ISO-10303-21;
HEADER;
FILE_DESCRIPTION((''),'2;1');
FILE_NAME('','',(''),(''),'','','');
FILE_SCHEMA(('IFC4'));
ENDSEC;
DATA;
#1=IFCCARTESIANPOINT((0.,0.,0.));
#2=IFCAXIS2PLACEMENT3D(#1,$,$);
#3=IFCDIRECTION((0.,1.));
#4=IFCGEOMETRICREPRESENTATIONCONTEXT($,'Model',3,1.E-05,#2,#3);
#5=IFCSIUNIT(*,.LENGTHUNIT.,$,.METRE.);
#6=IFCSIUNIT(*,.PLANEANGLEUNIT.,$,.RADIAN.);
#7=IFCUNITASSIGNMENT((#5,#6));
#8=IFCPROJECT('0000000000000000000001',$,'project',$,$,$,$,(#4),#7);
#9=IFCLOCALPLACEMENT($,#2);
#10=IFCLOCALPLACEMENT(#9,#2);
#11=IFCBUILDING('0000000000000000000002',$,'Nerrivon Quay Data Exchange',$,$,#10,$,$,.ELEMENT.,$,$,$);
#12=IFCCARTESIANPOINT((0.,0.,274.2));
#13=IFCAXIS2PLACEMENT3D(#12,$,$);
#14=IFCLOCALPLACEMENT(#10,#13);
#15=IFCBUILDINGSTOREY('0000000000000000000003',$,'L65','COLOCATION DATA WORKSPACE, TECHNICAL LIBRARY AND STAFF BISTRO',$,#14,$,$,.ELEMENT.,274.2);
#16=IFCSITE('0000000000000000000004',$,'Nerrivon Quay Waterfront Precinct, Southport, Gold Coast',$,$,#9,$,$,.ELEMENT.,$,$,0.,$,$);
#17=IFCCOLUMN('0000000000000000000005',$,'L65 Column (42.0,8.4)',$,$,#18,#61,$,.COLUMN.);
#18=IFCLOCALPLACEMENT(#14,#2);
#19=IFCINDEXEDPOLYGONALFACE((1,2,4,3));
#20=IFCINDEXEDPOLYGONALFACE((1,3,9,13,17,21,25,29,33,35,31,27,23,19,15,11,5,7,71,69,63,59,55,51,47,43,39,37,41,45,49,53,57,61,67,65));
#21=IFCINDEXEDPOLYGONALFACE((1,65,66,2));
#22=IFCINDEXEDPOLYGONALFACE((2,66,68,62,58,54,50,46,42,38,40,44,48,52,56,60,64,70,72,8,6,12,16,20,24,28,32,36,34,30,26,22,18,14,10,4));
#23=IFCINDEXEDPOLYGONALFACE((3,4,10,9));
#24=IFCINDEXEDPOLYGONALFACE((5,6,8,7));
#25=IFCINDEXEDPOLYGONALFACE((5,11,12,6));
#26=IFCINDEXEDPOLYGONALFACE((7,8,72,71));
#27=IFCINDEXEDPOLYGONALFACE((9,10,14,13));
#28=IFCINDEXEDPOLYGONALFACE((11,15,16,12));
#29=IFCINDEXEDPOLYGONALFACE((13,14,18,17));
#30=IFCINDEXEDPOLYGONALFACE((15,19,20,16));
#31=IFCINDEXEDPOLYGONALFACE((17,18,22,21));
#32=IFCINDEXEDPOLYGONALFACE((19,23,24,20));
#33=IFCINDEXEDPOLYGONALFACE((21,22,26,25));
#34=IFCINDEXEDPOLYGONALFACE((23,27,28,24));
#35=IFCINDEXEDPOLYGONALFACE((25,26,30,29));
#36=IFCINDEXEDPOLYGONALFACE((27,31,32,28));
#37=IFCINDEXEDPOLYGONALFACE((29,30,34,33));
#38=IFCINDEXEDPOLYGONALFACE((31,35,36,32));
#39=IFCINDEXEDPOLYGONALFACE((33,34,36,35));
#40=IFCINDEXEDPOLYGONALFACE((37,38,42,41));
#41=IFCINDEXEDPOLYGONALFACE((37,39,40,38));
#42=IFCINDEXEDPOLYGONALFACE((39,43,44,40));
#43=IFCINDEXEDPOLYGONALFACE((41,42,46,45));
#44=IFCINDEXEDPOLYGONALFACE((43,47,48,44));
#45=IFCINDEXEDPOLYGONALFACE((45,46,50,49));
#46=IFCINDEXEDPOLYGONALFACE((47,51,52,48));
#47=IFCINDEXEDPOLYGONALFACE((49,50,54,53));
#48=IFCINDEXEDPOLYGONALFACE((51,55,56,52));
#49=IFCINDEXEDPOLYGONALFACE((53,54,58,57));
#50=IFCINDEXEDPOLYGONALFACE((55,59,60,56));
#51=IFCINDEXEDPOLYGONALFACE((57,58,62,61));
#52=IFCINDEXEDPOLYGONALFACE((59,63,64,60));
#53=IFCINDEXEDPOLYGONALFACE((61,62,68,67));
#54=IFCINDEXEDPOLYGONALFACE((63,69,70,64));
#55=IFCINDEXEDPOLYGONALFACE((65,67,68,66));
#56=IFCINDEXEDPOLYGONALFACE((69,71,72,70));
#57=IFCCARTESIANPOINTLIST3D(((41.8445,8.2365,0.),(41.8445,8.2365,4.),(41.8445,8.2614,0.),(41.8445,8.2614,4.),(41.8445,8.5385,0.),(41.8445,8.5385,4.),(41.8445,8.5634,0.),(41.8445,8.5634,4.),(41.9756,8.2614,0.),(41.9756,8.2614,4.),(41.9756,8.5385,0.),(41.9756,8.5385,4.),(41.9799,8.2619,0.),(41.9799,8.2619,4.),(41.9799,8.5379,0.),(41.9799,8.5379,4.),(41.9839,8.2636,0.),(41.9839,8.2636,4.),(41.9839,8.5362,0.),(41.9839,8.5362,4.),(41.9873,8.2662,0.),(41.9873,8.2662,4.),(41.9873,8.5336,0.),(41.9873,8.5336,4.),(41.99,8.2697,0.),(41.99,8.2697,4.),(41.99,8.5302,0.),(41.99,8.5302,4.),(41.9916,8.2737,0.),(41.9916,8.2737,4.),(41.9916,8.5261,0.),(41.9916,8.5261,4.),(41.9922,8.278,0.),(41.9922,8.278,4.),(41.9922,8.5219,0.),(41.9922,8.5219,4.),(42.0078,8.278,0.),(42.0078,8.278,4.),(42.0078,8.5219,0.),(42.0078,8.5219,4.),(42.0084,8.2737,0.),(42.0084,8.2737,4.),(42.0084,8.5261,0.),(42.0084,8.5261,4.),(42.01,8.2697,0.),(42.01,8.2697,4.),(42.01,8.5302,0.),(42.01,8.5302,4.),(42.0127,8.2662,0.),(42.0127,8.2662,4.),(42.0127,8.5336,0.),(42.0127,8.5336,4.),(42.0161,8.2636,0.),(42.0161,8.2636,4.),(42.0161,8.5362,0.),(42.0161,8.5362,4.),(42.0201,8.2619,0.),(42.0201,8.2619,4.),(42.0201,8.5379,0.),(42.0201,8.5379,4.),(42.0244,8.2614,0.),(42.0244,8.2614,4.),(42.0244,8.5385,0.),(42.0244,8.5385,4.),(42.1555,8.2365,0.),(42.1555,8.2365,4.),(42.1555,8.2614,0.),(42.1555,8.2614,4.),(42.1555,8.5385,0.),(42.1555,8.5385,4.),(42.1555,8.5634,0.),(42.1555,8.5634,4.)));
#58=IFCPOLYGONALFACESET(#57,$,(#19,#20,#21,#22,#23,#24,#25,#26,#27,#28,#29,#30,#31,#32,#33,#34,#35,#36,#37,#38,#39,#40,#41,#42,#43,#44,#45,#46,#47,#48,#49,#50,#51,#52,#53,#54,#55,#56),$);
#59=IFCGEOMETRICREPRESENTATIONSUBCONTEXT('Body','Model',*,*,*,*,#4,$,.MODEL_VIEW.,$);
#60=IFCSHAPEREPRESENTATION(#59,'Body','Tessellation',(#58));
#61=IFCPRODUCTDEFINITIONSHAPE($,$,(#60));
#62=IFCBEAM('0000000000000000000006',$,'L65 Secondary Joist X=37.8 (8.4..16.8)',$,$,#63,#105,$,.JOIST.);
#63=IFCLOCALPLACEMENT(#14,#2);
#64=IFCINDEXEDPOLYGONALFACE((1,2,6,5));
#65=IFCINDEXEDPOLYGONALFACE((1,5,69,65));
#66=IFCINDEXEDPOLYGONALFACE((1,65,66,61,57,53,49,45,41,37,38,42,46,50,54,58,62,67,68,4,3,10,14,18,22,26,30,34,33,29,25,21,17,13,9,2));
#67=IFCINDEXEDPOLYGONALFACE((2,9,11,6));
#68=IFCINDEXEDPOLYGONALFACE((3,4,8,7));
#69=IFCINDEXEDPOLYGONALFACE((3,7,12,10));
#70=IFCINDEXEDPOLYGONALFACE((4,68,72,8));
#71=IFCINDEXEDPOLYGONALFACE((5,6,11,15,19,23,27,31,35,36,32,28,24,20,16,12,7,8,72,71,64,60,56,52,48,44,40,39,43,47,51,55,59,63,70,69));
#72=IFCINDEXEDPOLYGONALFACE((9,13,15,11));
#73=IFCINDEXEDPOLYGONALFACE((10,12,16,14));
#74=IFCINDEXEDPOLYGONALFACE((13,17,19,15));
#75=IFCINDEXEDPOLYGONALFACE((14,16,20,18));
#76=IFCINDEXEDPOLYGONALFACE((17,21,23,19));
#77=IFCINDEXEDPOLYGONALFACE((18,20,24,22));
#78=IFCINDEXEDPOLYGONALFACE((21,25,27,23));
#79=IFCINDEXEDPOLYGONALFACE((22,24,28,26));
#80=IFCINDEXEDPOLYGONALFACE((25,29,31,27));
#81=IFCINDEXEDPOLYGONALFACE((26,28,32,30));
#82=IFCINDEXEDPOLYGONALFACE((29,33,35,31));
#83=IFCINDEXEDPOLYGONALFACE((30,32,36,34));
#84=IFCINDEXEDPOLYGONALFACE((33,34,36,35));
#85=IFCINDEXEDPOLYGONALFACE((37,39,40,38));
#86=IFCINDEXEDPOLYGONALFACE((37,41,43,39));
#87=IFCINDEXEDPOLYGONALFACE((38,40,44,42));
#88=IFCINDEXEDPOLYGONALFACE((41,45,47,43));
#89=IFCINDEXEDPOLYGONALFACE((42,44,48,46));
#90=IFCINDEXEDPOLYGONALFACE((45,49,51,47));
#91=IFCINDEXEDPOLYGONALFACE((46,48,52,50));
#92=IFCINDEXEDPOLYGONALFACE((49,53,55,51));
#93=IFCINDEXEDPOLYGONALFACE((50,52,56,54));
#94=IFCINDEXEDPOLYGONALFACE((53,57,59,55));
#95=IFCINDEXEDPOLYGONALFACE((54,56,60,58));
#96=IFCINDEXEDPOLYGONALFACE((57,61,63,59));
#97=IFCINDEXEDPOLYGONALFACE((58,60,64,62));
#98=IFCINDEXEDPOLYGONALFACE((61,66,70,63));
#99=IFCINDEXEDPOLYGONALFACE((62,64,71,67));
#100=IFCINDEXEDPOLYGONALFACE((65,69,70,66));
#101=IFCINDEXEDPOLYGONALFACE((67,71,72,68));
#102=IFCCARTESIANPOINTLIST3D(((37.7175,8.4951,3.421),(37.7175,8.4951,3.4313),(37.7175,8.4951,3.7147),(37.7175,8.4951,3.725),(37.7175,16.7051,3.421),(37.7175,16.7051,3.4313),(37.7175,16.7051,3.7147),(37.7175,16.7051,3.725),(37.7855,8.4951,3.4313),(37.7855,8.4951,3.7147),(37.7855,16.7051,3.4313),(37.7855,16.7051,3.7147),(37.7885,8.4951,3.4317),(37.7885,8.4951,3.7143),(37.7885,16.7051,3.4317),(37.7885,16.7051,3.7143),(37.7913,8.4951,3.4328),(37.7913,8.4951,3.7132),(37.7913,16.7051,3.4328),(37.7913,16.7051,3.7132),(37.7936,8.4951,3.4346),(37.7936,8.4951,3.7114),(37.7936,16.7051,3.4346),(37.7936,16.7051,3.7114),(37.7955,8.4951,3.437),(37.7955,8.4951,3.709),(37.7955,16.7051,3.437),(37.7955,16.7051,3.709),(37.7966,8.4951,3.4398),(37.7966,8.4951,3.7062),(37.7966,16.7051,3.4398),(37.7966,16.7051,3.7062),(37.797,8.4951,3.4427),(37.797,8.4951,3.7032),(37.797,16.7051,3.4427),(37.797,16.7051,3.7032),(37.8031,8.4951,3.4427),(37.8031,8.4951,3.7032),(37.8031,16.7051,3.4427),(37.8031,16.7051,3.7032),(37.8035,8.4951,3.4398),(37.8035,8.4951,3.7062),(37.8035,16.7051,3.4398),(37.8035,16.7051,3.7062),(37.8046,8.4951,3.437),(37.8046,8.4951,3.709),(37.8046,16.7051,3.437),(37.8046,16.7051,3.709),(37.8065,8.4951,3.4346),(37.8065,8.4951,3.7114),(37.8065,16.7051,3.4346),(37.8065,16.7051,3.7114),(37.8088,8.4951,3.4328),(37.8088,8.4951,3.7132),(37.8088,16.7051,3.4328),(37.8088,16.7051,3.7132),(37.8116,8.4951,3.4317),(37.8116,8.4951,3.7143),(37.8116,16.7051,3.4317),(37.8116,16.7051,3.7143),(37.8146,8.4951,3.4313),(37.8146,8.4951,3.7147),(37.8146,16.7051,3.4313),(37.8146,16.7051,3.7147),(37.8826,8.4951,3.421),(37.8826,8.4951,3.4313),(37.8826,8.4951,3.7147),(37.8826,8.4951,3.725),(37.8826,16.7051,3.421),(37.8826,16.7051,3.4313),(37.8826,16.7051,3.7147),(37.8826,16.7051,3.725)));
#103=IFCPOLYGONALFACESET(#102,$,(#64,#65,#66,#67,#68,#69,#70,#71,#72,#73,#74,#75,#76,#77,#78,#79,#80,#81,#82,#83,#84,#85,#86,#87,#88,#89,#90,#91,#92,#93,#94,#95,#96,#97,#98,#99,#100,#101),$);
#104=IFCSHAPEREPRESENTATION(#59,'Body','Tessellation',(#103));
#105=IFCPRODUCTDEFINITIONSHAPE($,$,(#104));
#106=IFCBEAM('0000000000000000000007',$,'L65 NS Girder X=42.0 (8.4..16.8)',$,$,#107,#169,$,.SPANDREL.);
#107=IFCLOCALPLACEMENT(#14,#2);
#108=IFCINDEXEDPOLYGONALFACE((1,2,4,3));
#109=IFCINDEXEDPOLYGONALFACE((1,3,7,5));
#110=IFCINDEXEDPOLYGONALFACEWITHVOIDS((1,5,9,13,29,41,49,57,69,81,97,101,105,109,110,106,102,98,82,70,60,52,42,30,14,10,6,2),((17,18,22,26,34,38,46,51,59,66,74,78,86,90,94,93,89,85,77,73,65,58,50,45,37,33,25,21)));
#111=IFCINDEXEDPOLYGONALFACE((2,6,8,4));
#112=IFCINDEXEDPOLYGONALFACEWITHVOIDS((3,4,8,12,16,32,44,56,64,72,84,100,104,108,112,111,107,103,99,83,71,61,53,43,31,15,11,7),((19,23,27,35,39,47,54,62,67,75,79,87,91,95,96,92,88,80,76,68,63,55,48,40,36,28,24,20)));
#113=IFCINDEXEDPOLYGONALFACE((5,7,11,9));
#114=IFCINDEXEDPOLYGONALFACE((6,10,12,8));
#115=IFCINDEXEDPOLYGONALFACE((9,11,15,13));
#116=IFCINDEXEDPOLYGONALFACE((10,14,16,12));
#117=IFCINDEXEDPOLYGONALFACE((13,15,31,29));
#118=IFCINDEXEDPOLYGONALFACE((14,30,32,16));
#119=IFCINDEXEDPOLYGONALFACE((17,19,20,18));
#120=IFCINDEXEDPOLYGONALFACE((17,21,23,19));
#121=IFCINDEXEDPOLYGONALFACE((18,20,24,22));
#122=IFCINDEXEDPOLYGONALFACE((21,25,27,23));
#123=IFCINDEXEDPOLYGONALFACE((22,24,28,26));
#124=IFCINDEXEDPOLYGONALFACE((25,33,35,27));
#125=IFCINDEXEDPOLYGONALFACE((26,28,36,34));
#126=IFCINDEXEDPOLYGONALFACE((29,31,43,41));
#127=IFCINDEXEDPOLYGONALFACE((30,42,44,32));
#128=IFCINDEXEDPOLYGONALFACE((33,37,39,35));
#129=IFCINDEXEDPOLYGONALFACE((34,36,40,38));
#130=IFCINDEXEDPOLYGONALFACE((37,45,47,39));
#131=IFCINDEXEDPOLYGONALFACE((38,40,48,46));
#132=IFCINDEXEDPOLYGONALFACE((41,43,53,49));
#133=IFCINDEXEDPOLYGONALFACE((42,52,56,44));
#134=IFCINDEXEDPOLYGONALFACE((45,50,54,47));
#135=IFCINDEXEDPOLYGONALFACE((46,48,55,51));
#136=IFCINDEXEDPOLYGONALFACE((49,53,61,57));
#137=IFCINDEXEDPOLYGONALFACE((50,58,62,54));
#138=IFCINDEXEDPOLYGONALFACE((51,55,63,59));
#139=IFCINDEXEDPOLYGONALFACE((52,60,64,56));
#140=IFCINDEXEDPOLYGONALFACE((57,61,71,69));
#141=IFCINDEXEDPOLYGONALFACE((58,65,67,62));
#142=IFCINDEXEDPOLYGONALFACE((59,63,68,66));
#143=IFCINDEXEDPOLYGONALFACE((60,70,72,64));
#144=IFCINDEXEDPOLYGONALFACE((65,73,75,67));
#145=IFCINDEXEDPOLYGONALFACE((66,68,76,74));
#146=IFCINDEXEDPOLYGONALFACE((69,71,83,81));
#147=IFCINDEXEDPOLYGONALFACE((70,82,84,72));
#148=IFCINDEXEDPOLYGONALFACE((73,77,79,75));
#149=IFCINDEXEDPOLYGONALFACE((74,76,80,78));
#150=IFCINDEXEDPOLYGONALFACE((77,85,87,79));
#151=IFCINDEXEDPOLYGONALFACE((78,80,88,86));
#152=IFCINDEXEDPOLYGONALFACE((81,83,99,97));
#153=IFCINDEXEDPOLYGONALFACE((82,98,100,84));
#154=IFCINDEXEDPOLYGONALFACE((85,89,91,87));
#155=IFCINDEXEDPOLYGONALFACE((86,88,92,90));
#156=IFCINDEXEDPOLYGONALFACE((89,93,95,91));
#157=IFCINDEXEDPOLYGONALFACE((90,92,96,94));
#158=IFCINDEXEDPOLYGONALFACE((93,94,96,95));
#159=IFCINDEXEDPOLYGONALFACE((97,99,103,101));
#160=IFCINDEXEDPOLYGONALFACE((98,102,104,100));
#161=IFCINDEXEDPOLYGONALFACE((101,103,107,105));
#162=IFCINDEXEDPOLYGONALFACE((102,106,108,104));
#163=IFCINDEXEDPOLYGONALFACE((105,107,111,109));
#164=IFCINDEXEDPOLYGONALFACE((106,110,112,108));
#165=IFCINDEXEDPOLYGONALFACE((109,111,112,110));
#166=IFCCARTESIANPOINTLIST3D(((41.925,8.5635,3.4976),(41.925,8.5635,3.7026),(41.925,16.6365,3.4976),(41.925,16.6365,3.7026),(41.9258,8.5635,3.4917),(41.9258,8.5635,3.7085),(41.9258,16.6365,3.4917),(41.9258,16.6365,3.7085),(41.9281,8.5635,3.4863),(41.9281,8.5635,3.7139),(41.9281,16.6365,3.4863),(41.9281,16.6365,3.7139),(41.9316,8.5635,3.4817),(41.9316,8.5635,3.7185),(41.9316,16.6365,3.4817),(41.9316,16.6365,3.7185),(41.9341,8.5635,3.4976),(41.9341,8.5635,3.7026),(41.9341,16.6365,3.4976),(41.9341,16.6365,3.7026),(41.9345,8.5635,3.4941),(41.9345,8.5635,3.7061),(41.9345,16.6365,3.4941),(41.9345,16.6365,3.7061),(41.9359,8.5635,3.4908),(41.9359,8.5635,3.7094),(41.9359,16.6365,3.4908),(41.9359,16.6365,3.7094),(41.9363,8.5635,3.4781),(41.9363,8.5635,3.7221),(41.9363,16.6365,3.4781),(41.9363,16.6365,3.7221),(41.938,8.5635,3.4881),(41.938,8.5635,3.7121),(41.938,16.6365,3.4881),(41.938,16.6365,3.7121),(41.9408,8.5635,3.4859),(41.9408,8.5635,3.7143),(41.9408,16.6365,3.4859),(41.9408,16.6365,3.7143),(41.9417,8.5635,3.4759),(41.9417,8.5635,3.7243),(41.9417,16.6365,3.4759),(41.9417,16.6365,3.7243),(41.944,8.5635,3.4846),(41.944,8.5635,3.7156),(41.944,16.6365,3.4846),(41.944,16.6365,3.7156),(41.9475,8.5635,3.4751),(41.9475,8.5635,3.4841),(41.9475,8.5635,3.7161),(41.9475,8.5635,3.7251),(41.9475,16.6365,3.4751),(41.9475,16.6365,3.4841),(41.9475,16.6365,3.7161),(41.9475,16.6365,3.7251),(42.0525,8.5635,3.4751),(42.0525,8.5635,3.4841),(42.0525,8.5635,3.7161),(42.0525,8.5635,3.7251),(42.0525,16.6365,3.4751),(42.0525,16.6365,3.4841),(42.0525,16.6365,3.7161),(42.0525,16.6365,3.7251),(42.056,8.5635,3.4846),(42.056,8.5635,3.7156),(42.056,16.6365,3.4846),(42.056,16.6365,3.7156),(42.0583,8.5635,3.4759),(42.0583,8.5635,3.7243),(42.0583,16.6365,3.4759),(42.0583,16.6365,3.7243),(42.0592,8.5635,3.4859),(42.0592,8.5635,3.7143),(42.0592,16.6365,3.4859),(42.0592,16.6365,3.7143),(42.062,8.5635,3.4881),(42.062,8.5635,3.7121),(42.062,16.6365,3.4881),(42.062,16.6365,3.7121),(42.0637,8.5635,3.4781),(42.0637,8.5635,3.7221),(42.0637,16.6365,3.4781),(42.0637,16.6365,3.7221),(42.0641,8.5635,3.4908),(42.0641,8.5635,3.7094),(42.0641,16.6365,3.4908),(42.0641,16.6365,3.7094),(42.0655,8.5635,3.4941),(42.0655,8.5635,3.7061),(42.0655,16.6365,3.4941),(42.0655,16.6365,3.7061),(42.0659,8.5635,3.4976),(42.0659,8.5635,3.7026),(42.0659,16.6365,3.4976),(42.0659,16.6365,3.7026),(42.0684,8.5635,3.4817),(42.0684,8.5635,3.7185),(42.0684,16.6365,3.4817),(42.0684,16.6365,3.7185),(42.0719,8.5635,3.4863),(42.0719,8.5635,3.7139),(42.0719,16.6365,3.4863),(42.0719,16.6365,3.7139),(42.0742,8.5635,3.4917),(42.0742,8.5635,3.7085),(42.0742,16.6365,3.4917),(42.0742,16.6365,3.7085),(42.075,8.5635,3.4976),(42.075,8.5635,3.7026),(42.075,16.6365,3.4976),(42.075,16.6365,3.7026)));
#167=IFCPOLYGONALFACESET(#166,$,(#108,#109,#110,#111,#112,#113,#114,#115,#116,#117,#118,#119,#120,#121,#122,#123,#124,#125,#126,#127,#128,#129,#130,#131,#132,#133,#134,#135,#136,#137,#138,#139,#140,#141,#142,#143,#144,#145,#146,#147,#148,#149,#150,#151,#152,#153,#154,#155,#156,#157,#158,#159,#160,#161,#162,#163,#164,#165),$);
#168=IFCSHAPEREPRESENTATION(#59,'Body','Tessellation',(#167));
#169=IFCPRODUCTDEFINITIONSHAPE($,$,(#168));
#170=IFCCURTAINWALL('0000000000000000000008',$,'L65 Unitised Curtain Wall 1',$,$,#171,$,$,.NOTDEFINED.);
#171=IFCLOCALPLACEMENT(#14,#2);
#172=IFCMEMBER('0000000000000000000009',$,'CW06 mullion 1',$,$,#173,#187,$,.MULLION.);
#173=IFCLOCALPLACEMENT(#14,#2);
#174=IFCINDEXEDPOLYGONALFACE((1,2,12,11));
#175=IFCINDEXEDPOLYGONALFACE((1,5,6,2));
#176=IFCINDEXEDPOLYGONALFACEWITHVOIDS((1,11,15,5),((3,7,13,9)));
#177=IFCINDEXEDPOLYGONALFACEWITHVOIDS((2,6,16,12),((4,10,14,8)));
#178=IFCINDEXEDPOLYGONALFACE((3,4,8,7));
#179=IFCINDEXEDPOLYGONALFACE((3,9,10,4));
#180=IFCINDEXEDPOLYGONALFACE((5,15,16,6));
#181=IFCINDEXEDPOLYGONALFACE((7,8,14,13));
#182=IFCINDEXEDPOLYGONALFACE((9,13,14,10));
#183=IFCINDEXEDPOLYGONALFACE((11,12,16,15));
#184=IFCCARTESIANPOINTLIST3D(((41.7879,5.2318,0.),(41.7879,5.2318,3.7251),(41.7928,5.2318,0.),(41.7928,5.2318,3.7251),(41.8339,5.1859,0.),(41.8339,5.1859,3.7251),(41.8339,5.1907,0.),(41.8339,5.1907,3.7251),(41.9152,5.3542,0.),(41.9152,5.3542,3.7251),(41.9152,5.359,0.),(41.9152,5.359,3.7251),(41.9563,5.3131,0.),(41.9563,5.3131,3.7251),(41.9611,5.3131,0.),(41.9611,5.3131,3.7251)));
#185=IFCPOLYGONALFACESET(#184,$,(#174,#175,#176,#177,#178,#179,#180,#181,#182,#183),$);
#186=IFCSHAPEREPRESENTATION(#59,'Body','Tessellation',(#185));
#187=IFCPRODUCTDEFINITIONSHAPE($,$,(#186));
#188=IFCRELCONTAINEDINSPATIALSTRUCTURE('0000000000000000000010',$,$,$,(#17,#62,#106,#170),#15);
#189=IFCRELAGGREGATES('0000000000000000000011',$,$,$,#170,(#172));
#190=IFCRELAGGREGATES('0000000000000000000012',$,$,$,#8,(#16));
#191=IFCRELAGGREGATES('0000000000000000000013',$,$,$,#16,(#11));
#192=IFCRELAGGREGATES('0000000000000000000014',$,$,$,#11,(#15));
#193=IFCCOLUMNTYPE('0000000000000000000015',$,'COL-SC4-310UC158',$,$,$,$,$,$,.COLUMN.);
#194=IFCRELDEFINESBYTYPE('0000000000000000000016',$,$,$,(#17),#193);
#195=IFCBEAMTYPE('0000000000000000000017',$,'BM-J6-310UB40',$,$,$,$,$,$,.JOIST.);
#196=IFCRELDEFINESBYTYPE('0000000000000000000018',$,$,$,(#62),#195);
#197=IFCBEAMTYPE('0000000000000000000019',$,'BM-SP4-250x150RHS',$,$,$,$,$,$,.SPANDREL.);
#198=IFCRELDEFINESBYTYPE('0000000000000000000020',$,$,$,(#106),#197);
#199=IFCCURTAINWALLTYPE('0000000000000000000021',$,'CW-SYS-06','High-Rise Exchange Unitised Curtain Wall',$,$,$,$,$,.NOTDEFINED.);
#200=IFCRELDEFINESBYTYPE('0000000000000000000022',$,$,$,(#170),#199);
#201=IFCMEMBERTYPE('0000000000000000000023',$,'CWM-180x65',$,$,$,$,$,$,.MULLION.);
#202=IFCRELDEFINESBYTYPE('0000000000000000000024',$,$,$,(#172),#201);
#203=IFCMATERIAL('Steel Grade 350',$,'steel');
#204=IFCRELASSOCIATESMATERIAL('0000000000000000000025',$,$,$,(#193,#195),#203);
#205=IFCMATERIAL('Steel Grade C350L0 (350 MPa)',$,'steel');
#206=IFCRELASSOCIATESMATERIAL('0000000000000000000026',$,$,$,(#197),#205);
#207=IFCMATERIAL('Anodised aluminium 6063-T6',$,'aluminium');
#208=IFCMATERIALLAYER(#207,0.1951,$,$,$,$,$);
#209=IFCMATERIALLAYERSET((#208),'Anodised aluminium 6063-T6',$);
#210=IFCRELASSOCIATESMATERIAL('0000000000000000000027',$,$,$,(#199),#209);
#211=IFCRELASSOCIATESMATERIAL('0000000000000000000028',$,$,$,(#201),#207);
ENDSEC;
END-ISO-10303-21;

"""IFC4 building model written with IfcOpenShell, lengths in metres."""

from ifc_helpers import new_model, si_unit, direction, frame, origin, origin_2d, place, context, subcontext, project, spatial, hollow_rectangle, i_section, extrude, material, layer, layer_set, material_profile, profile_set, type_object, element, aggregate, save


model = new_model("IFC4")

# Units and contexts
model_context = context("Model", 3, precision=1e-05, world=origin(), true_north=direction((0.0, 1.0)))
body_context = subcontext(model_context, "Body", "Model", "MODEL_VIEW")
ifc_project = project(units=[si_unit("LENGTHUNIT", "METRE"), si_unit("PLANEANGLEUNIT", "RADIAN")], contexts=[model_context])

# Site, building, storey
site_placement = place(None, origin())
site = spatial("IfcSite", under=ifc_project, at=site_placement, Name="Nerrivon Quay Waterfront Precinct, Southport, Gold Coast", CompositionType="ELEMENT", RefElevation=0.0)
building_placement = place(site_placement, origin())
building = spatial("IfcBuilding", under=site, at=building_placement, Name="Nerrivon Quay Data Exchange", CompositionType="ELEMENT")
storey_placement = place(building_placement, frame((0.0, 0.0, 274.2)))
storey = spatial("IfcBuildingStorey", under=building, at=storey_placement, Name="L65", Description="COLOCATION DATA WORKSPACE, TECHNICAL LIBRARY AND STAFF BISTRO", CompositionType="ELEMENT", Elevation=274.2)

# Column
ifc_material_1 = material(Name="Steel Grade 350", Category="steel")
ifc_material_profile_1 = material_profile(ifc_material_1, i_section(OverallWidth=0.311, OverallDepth=0.3269, WebThickness=0.0156, FlangeThickness=0.0249, FilletRadius=0.0166, at=origin_2d()), Name="310UC158")
ifc_profile_set_1 = profile_set([ifc_material_profile_1], Name="Steel Grade 350")
column_type = type_object("IfcColumnType", Name="COL-SC4-310UC158", PredefinedType="COLUMN", material=ifc_profile_set_1)
column_placement = place(storey_placement, frame((42.0, 8.3999, 0.0), z_axis=(0.0, 0.0, 1.0), x_axis=(1.0, 0.0, 0.0)))
element("IfcColumn", 1, at=column_placement, inside=storey, type_object=column_type, Name="L65 Column (42.0,8.4)", PredefinedType="COLUMN", context=body_context, shape_type="SweptSolid", body=[
    extrude(i_section(OverallWidth=0.311, OverallDepth=0.3269, WebThickness=0.0156, FlangeThickness=0.0249, FilletRadius=0.0166, at=origin_2d()), origin(), (0.0, 0.0, 1.0), 4.0),
])

# Beams
ifc_material_profile_2 = material_profile(ifc_material_1, i_section(OverallWidth=0.165, OverallDepth=0.304, WebThickness=0.0061, FlangeThickness=0.0103, FilletRadius=0.0115, at=origin_2d()), Name="310UB40.4")
ifc_profile_set_2 = profile_set([ifc_material_profile_2], Name="Steel Grade 350")
beam_type_1 = type_object("IfcBeamType", Name="BM-J6-310UB40", PredefinedType="JOIST", material=ifc_profile_set_2)
beam_1_placement = place(storey_placement, frame((37.8, 8.4951, 3.573), z_axis=(0.0, 1.0, 0.0), x_axis=(-1.0, 0.0, 0.0)))
element("IfcBeam", 2, at=beam_1_placement, inside=storey, type_object=beam_type_1, Name="L65 Secondary Joist X=37.8 (8.4..16.8)", PredefinedType="JOIST", context=body_context, shape_type="SweptSolid", body=[
    extrude(i_section(OverallWidth=0.165, OverallDepth=0.304, WebThickness=0.0061, FlangeThickness=0.0103, FilletRadius=0.0115, at=origin_2d()), origin(), (0.0, 0.0, 1.0), 8.21),
])
ifc_material_2 = material(Name="Steel Grade C350L0 (350 MPa)", Category="steel")
ifc_material_profile_3 = material_profile(ifc_material_2, hollow_rectangle(XDim=0.1499, YDim=0.25, WallThickness=0.009, InnerFilletRadius=0.0134, OuterFilletRadius=0.0225, at=origin_2d()), Name="250x150x9.0RHS")
ifc_profile_set_3 = profile_set([ifc_material_profile_3], Name="Steel Grade C350L0 (350 MPa)")
beam_type_2 = type_object("IfcBeamType", Name="BM-SP4-250x150RHS", PredefinedType="SPANDREL", material=ifc_profile_set_3)
beam_2_placement = place(storey_placement, frame((42.0, 8.5635, 3.6001), z_axis=(0.0, 1.0, 0.0), x_axis=(-1.0, 0.0, 0.0)))
element("IfcBeam", 3, at=beam_2_placement, inside=storey, type_object=beam_type_2, Name="L65 NS Girder X=42.0 (8.4..16.8)", PredefinedType="SPANDREL", context=body_context, shape_type="SweptSolid", body=[
    extrude(hollow_rectangle(XDim=0.1499, YDim=0.25, WallThickness=0.009, InnerFilletRadius=0.0134, OuterFilletRadius=0.0225, at=origin_2d()), origin(), (0.0, 0.0, 1.0), 8.073),
])

# Curtain wall, member
ifc_material_3 = material(Name="Anodised aluminium 6063-T6", Category="aluminium")
ifc_layer_1 = layer(ifc_material_3, 0.1951)
ifc_layer_set_1 = layer_set([ifc_layer_1], Name="Anodised aluminium 6063-T6")
curtain_wall_type = type_object("IfcCurtainWallType", Name="CW-SYS-06", Description="High-Rise Exchange Unitised Curtain Wall", PredefinedType="NOTDEFINED", material=ifc_layer_set_1)
curtain_wall_1_placement = place(storey_placement, origin())
curtain_wall_1 = element("IfcCurtainWall", 4, at=curtain_wall_1_placement, inside=storey, type_object=curtain_wall_type, Name="L65 Unitised Curtain Wall 1", PredefinedType="NOTDEFINED")
ifc_material_profile_4 = material_profile(ifc_material_3, hollow_rectangle(XDim=0.0649, YDim=0.1799, WallThickness=0.0034, at=origin_2d()), Name="ALU-MULL-180x65")
ifc_profile_set_4 = profile_set([ifc_material_profile_4], Name="Anodised aluminium 6063-T6")
member_type_1 = type_object("IfcMemberType", Name="CWM-180x65", PredefinedType="MULLION", material=ifc_profile_set_4)
member_1_placement = place(storey_placement, frame((41.8745, 5.2725, 0.0), z_axis=(0.0, 0.0, 1.0), x_axis=(0.707107, -0.707107, 0.0)))
member_1 = element("IfcMember", 5, at=member_1_placement, type_object=member_type_1, Name="CW06 mullion 1", PredefinedType="MULLION", context=body_context, shape_type="SweptSolid", body=[
    extrude(hollow_rectangle(XDim=0.0649, YDim=0.1799, WallThickness=0.0034, at=origin_2d()), origin(), (0.0, 0.0, 1.0), 3.7251),
])

aggregate(curtain_wall_1, [member_1])

save(model, "model.ifc")
